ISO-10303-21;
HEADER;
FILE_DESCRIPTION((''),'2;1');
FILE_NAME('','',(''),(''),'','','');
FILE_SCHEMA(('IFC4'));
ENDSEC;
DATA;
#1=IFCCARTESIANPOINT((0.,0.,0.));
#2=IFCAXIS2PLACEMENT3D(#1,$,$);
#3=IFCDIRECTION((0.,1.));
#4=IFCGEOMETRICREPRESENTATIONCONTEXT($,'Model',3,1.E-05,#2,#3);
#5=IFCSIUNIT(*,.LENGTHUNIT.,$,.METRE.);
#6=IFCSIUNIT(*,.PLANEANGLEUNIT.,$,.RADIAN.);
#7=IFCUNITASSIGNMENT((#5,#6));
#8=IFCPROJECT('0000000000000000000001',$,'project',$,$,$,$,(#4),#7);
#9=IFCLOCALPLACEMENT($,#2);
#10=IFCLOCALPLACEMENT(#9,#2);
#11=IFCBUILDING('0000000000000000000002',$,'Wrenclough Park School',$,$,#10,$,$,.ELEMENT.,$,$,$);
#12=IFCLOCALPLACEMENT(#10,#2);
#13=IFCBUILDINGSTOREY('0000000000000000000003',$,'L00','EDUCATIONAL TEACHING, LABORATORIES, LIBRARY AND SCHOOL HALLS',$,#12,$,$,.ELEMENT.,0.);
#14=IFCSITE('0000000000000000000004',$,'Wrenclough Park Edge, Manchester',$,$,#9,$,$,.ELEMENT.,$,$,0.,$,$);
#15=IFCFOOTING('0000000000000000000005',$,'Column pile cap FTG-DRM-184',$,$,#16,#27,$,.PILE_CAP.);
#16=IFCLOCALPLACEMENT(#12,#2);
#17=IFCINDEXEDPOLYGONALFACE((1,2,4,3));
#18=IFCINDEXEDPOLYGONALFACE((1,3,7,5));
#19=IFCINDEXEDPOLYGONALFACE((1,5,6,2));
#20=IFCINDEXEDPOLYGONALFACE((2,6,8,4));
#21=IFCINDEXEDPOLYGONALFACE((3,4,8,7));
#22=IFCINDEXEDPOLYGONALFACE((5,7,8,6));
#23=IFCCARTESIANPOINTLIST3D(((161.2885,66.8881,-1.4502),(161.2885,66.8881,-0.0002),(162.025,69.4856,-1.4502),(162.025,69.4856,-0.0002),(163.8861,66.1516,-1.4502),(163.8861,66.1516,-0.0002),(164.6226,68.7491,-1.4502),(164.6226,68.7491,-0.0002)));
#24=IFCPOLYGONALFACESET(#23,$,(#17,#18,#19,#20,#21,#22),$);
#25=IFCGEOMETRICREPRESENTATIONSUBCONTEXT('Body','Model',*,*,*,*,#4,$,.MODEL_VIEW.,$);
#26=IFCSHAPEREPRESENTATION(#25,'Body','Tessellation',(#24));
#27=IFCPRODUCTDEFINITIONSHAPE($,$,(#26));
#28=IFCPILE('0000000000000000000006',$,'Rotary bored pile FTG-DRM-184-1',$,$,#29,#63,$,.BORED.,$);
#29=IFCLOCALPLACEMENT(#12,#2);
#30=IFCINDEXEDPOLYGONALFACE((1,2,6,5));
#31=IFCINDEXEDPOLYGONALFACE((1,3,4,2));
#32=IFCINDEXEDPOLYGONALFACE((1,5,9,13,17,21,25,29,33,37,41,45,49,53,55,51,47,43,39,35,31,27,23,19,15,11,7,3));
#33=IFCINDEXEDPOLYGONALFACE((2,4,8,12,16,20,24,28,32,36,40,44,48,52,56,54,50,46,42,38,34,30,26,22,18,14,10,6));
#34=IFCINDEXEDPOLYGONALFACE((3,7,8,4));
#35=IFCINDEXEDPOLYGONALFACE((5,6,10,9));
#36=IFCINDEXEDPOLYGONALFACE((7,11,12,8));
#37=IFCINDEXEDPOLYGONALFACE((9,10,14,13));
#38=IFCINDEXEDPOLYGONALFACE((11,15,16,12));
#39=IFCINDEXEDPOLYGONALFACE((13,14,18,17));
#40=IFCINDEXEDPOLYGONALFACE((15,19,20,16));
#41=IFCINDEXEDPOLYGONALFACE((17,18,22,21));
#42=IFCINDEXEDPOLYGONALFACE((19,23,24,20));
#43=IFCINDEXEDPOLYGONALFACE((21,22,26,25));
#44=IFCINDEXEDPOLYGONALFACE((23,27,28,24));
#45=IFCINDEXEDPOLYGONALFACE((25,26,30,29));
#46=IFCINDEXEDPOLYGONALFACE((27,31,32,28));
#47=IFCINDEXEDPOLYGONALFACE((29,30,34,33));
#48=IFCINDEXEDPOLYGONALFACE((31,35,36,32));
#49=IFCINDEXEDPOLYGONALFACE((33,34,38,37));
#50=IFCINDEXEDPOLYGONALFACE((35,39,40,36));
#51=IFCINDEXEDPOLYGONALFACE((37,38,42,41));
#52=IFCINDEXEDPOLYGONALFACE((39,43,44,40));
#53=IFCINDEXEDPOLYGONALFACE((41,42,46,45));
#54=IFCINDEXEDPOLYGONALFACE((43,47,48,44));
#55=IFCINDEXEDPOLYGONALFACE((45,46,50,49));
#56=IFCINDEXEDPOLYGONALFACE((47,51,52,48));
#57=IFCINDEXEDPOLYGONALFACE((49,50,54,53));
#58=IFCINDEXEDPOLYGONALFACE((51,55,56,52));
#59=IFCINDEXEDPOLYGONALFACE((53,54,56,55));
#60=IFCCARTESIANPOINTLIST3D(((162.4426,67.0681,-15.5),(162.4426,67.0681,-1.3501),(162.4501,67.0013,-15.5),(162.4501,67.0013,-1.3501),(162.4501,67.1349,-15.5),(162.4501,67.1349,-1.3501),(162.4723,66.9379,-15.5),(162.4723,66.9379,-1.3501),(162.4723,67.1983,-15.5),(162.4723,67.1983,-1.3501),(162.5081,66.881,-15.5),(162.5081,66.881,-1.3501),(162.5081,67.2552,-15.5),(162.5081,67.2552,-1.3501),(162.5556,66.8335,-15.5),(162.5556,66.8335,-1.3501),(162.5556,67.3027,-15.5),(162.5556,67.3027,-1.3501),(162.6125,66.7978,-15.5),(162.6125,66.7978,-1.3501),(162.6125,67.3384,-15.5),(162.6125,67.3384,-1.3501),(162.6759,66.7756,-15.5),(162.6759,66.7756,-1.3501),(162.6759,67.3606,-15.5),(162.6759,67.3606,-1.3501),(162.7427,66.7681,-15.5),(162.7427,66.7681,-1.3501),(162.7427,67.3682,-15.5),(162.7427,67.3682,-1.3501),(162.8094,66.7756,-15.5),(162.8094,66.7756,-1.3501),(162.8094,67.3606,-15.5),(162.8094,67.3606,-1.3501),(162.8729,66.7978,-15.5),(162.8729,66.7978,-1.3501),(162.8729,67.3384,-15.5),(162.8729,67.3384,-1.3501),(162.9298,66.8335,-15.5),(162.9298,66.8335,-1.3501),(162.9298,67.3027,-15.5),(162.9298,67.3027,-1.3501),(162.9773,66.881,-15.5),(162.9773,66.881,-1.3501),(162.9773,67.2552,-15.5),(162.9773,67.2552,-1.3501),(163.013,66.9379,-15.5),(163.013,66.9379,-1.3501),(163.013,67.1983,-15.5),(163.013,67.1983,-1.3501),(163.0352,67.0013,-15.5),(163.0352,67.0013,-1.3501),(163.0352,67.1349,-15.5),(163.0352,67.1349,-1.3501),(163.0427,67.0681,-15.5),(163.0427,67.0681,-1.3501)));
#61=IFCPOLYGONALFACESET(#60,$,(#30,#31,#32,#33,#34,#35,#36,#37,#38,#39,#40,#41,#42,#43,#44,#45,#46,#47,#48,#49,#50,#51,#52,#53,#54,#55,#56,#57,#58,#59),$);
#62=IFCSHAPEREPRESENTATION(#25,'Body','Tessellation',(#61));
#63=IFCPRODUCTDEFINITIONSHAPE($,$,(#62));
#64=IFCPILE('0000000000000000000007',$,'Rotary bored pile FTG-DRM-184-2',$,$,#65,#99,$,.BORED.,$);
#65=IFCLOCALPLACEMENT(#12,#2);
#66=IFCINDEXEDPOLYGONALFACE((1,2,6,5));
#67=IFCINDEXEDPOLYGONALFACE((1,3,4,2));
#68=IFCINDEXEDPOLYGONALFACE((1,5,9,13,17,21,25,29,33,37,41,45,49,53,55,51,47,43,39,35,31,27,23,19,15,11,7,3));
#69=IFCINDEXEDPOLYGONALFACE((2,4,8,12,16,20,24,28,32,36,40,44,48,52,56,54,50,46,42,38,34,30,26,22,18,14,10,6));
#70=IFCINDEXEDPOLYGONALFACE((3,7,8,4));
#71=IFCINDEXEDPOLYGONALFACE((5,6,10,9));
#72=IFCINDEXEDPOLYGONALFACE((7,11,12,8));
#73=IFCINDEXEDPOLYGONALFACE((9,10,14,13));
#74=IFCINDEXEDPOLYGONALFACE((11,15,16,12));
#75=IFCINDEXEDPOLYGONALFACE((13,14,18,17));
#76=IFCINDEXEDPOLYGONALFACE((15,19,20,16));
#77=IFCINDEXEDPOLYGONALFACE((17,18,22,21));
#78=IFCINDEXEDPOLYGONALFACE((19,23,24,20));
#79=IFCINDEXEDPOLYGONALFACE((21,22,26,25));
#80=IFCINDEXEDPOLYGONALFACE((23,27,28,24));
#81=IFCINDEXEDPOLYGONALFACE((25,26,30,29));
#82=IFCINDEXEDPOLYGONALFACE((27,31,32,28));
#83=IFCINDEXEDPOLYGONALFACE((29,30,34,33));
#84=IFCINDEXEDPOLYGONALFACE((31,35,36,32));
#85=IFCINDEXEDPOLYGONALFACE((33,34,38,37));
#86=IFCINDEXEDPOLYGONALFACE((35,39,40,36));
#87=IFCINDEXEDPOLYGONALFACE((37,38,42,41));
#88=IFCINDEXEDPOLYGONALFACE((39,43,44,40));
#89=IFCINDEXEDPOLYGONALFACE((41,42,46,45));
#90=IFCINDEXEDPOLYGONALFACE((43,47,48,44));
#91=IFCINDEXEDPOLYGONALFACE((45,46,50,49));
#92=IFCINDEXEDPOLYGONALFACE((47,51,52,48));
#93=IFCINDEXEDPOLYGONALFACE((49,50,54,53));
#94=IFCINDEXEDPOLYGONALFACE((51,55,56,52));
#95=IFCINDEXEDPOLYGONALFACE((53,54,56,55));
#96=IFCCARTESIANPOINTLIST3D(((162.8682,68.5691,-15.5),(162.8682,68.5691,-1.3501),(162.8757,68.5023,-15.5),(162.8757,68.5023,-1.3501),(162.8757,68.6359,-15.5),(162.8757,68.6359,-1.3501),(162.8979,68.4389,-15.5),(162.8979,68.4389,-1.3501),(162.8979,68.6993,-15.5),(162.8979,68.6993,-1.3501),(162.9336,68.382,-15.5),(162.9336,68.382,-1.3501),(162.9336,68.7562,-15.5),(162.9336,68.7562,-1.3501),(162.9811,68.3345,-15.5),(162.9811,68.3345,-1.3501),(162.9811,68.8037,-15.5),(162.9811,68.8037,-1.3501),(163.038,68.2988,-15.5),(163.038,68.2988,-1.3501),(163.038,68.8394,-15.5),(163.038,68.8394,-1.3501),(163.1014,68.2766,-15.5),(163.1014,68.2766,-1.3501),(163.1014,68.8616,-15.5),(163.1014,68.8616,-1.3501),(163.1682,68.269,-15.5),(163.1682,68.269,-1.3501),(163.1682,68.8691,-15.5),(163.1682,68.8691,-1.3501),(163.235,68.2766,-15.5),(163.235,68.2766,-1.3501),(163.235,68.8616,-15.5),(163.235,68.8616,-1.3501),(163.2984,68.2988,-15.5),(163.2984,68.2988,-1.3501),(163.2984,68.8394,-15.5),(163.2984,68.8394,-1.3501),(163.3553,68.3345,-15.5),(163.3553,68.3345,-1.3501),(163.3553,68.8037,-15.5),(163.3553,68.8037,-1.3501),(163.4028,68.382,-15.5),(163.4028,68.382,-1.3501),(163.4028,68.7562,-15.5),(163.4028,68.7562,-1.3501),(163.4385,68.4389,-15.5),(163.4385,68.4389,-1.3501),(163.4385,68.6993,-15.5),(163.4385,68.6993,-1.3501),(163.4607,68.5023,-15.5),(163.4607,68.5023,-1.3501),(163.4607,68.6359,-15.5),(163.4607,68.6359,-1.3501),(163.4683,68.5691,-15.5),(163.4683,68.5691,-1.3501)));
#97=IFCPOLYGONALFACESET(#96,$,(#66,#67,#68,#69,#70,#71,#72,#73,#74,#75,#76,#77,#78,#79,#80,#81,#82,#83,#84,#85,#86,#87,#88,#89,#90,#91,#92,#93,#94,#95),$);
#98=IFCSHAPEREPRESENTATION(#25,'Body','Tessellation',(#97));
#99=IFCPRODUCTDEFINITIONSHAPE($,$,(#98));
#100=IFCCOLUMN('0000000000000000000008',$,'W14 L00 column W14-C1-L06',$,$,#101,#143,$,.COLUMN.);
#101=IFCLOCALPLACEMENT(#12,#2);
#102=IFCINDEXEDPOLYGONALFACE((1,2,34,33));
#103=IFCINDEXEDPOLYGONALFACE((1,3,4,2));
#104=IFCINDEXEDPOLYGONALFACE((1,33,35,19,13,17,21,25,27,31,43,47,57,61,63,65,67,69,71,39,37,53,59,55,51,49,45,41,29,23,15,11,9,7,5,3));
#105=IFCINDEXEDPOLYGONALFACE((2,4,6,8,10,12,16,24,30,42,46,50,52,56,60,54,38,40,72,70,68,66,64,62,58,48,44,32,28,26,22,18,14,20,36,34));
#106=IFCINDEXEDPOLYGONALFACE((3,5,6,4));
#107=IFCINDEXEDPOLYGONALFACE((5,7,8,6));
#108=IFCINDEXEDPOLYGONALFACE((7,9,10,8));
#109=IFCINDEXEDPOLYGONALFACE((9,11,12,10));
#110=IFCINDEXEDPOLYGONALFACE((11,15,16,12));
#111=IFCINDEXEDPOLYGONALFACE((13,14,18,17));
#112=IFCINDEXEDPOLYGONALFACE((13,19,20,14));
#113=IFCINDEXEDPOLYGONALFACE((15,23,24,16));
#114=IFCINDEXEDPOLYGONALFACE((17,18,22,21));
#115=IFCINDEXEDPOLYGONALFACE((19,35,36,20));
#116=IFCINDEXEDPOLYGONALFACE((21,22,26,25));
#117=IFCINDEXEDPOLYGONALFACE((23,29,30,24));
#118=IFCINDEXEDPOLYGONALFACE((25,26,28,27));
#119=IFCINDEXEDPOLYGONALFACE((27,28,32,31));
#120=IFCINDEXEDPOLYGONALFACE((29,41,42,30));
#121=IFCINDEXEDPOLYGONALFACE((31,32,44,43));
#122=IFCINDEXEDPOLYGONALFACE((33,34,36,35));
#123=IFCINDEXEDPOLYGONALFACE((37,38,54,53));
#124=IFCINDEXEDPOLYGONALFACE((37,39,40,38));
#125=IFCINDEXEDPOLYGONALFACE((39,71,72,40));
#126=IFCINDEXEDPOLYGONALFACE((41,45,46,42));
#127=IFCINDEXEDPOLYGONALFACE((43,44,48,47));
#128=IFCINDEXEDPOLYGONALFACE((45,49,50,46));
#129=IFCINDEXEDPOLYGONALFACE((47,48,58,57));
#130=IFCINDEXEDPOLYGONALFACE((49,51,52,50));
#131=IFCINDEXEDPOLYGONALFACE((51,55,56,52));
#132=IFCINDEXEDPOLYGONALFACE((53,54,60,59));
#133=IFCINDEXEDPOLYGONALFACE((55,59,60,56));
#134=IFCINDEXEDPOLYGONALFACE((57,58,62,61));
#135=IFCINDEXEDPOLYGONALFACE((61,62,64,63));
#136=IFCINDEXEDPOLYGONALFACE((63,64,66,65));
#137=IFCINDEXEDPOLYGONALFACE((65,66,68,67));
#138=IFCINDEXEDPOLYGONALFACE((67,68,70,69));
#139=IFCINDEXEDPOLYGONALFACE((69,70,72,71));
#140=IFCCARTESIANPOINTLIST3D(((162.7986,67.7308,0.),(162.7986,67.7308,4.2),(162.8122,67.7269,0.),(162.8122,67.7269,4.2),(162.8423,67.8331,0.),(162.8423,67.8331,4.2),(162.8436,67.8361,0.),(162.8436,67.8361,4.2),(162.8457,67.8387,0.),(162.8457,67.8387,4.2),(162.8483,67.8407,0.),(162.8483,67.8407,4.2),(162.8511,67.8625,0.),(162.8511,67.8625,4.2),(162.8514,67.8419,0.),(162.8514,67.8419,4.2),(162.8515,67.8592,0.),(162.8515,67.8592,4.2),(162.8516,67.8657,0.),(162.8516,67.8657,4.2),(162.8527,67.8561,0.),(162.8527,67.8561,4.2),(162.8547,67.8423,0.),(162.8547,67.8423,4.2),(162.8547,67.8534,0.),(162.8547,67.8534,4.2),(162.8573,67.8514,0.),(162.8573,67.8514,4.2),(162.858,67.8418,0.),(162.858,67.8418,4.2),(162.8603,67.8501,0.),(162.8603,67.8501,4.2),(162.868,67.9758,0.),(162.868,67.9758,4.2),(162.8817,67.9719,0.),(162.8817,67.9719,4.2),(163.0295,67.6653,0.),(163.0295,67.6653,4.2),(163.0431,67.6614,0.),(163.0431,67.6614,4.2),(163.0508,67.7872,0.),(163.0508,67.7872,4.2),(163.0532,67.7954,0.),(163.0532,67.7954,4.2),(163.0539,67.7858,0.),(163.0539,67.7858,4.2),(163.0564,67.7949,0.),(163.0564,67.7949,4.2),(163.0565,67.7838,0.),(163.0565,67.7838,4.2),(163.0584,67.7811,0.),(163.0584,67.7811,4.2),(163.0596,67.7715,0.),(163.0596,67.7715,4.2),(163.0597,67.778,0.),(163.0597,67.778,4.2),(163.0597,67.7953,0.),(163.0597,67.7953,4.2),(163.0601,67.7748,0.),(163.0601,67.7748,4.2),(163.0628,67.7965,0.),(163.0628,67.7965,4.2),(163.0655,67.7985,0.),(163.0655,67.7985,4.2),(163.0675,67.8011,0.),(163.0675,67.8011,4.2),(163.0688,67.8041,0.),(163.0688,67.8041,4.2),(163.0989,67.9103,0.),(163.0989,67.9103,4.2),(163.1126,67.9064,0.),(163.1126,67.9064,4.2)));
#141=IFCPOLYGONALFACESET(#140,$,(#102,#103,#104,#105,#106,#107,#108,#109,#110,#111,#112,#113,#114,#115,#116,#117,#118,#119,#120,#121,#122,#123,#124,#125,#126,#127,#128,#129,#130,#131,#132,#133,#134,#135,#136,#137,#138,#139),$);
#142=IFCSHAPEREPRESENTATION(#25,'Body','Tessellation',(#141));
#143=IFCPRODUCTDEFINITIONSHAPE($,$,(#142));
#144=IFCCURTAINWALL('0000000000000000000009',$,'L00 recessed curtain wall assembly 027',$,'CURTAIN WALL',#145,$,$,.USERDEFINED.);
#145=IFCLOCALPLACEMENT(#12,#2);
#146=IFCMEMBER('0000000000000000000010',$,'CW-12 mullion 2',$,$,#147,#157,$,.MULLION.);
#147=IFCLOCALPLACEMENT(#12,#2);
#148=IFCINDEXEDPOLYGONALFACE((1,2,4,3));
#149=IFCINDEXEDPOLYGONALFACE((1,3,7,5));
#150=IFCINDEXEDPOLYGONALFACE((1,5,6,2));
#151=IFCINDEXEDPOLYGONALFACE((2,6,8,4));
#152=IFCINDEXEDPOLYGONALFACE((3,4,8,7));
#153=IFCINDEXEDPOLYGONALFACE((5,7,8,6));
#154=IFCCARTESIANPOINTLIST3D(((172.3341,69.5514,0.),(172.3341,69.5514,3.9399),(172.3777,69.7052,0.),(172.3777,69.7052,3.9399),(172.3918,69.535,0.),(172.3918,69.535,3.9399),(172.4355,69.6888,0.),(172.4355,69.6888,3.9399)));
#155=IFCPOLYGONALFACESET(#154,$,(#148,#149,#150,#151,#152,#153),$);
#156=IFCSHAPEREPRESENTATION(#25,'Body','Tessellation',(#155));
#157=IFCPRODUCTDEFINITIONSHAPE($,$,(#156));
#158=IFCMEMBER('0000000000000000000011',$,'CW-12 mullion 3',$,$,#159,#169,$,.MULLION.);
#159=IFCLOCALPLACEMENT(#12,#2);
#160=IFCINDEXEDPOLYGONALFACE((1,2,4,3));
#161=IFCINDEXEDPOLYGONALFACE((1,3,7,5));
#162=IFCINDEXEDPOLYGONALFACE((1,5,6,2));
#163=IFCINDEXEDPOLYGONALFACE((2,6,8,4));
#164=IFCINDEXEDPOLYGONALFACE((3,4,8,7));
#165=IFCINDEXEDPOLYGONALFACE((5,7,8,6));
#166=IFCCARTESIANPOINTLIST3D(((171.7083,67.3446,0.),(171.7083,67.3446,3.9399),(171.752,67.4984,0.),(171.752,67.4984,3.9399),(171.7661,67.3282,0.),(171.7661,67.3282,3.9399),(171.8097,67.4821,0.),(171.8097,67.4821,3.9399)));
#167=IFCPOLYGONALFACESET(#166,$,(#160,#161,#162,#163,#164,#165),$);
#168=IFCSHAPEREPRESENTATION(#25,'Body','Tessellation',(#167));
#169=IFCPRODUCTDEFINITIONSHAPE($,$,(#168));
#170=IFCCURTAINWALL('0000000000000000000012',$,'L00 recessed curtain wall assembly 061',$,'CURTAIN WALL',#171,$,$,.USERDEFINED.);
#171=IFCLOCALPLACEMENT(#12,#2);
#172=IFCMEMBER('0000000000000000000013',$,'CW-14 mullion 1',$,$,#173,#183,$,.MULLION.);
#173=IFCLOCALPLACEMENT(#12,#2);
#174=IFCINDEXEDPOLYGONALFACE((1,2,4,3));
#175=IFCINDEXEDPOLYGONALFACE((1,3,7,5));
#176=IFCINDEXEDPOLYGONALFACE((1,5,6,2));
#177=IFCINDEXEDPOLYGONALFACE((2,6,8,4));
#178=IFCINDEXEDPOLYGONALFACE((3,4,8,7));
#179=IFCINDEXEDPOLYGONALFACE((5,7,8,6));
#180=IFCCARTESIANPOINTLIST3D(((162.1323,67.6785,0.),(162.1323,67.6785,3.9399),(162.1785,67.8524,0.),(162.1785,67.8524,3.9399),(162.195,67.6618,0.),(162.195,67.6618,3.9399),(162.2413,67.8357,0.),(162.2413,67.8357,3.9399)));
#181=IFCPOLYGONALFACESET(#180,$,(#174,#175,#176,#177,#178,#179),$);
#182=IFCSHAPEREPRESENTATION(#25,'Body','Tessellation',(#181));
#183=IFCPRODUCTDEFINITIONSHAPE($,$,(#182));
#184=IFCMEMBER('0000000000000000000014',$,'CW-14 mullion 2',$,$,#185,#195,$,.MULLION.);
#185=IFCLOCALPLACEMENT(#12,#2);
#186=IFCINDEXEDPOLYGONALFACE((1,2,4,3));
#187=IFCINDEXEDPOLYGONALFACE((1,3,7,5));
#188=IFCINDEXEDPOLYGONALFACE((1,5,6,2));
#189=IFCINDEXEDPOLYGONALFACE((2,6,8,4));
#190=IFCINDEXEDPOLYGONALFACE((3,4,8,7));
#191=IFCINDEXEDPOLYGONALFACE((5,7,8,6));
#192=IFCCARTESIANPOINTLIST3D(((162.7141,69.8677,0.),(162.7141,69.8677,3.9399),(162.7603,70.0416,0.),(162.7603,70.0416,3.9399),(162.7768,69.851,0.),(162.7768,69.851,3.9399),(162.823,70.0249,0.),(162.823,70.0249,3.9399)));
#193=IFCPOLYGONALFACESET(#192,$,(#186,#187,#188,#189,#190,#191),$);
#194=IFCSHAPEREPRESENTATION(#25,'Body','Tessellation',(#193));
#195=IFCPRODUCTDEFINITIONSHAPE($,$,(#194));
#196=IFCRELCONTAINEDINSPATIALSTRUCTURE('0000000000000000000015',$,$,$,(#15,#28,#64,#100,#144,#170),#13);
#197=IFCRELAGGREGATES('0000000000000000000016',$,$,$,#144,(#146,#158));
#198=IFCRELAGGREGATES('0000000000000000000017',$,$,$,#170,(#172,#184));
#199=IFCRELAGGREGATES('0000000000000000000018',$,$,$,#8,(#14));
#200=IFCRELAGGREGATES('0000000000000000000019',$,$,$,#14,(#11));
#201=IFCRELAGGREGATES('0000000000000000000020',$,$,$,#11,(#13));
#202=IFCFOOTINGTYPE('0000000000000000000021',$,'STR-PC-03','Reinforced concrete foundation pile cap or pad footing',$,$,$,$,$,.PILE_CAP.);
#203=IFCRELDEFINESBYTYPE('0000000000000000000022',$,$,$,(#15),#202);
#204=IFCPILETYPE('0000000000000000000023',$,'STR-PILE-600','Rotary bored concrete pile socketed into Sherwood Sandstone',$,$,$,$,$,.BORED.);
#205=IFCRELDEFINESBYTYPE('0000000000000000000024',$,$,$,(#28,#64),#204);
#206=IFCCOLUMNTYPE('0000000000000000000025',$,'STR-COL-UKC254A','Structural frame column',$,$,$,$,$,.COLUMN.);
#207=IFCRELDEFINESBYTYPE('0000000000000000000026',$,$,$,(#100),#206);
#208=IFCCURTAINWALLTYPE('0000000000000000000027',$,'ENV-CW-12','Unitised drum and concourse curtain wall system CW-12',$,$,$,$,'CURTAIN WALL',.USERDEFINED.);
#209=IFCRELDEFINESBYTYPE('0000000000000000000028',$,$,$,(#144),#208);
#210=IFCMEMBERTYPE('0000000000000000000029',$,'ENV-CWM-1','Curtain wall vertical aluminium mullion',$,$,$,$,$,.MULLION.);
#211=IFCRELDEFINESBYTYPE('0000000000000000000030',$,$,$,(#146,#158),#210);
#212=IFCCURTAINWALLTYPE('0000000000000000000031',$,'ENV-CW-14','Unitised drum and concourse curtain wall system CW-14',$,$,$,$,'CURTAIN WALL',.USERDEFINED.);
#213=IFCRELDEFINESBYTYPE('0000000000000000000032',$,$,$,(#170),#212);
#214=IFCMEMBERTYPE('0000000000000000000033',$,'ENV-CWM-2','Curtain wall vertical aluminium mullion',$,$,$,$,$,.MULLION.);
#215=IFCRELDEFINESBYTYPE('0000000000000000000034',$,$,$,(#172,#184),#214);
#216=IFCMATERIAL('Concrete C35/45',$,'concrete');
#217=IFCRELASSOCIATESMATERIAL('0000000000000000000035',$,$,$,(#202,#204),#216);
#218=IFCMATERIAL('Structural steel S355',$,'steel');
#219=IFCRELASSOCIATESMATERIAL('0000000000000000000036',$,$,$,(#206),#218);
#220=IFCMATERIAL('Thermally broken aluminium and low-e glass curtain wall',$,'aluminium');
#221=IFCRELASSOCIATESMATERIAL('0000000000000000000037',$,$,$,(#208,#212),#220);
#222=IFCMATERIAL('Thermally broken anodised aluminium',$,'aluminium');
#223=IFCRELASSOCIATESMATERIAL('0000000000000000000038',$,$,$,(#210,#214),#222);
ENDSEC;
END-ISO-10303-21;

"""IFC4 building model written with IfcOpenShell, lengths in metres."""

from ifc_helpers import new_model, si_unit, direction, frame, origin, origin_2d, place, context, subcontext, project, spatial, rectangle, circle, i_section, extrude, material, material_profile, profile_set, type_object, element, aggregate, save


model = new_model("IFC4")

# Units and contexts
model_context = context("Model", 3, precision=1e-05, world=origin(), true_north=direction((0.0, 1.0)))
body_context = subcontext(model_context, "Body", "Model", "MODEL_VIEW")
ifc_project = project(units=[si_unit("LENGTHUNIT", "METRE"), si_unit("PLANEANGLEUNIT", "RADIAN")], contexts=[model_context])

# Site, building, storey
site_placement = place(None, origin())
site = spatial("IfcSite", under=ifc_project, at=site_placement, Name="Wrenclough Park Edge, Manchester", CompositionType="ELEMENT", RefElevation=0.0)
building_placement = place(site_placement, origin())
building = spatial("IfcBuilding", under=site, at=building_placement, Name="Wrenclough Park School", CompositionType="ELEMENT")
storey_placement = place(building_placement, origin())
storey = spatial("IfcBuildingStorey", under=building, at=storey_placement, Name="L00", Description="EDUCATIONAL TEACHING, LABORATORIES, LIBRARY AND SCHOOL HALLS", CompositionType="ELEMENT", Elevation=0.0)

# Footing
ifc_material_1 = material(Name="Concrete C35/45", Category="concrete")
footing_type = type_object("IfcFootingType", Name="STR-PC-03", Description="Reinforced concrete foundation pile cap or pad footing", PredefinedType="PILE_CAP", material=ifc_material_1)
footing_placement = place(storey_placement, frame((162.9556, 67.8186, -1.4502), z_axis=(0.0, 0.0, 1.0), x_axis=(0.272784, 0.962075, 0.0)))
element("IfcFooting", 1, at=footing_placement, inside=storey, type_object=footing_type, Name="Column pile cap FTG-DRM-184", PredefinedType="PILE_CAP", context=body_context, shape_type="SweptSolid", body=[
    extrude(rectangle(XDim=2.7, YDim=2.7, at=origin_2d()), origin(), (0.0, 0.0, 1.0), 1.45),
])

# Piles
ifc_material_profile_1 = material_profile(ifc_material_1, circle(Radius=0.3, at=origin_2d()), Name="BORED PILE D600")
ifc_profile_set_1 = profile_set([ifc_material_profile_1], Name="Concrete C35/45")
pile_type = type_object("IfcPileType", Name="STR-PILE-600", Description="Rotary bored concrete pile socketed into Sherwood Sandstone", PredefinedType="BORED", material=ifc_profile_set_1)
for number, where, z_axis, x_axis, name in (
    (2, (162.7427, 67.0681, -1.3501), (0.0, 0.0, -1.0), (1.0, 0.0, 0.0), "Rotary bored pile FTG-DRM-184-1"),
    (3, (163.1682, 68.5691, -1.3501), (0.0, 0.0, -1.0), (1.0, 0.0, 0.0), "Rotary bored pile FTG-DRM-184-2"),
):
    element("IfcPile", number, at=place(storey_placement, frame(where, z_axis=z_axis, x_axis=x_axis)), inside=storey, type_object=pile_type, Name=name, PredefinedType="BORED", context=body_context, shape_type="SweptSolid", body=[
        extrude(circle(Radius=0.3, at=origin_2d()), origin(), (0.0, 0.0, 1.0), 14.1499),
    ])

# Column
ifc_material_2 = material(Name="Structural steel S355", Category="steel")
ifc_material_profile_2 = material_profile(ifc_material_2, i_section(OverallWidth=0.2546, OverallDepth=0.2542, WebThickness=0.0085, FlangeThickness=0.0142, FilletRadius=0.0127, at=origin_2d()), Name="UKC 254x254x73")
ifc_profile_set_2 = profile_set([ifc_material_profile_2], Name="Structural steel S355")
column_type = type_object("IfcColumnType", Name="STR-COL-UKC254A", Description="Structural frame column", PredefinedType="COLUMN", material=ifc_profile_set_2)
column_placement = place(storey_placement, frame((162.9556, 67.8186, 0.0), z_axis=(0.0, 0.0, 1.0), x_axis=(0.272784, 0.962075, 0.0)))
element("IfcColumn", 4, at=column_placement, inside=storey, type_object=column_type, Name="W14 L00 column W14-C1-L06", PredefinedType="COLUMN", context=body_context, shape_type="SweptSolid", body=[
    extrude(i_section(OverallWidth=0.2546, OverallDepth=0.2542, WebThickness=0.0085, FlangeThickness=0.0142, FilletRadius=0.0127, at=origin_2d()), origin(), (0.0, 0.0, 1.0), 4.2),
])

# Curtain walls, members
ifc_material_3 = material(Name="Thermally broken aluminium and low-e glass curtain wall", Category="aluminium")
curtain_wall_type_1 = type_object("IfcCurtainWallType", Name="ENV-CW-12", Description="Unitised drum and concourse curtain wall system CW-12", ElementType="CURTAIN WALL", PredefinedType="USERDEFINED", material=ifc_material_3)
curtain_wall_1_placement = place(storey_placement, origin())
curtain_wall_1 = element("IfcCurtainWall", 5, at=curtain_wall_1_placement, inside=storey, type_object=curtain_wall_type_1, Name="L00 recessed curtain wall assembly 027", ObjectType="CURTAIN WALL", PredefinedType="USERDEFINED")
ifc_material_4 = material(Name="Thermally broken anodised aluminium", Category="aluminium")
ifc_material_profile_3 = material_profile(ifc_material_4, rectangle(XDim=0.0601, YDim=0.1599, at=origin_2d()), Name="AL MULLION 60x160")
ifc_profile_set_3 = profile_set([ifc_material_profile_3], Name="Thermally broken anodised aluminium")
member_type_1 = type_object("IfcMemberType", Name="ENV-CWM-1", Description="Curtain wall vertical aluminium mullion", PredefinedType="MULLION", material=ifc_profile_set_3)
member_1_placement = place(storey_placement, frame((172.3848, 69.6201, 0.0), z_axis=(0.0, 0.0, 1.0), x_axis=(0.962068, -0.272809, 0.0)))
member_1 = element("IfcMember", 6, at=member_1_placement, type_object=member_type_1, Name="CW-12 mullion 2", PredefinedType="MULLION", context=body_context, shape_type="SweptSolid", body=[
    extrude(rectangle(XDim=0.0601, YDim=0.1599, at=origin_2d()), origin(), (0.0, 0.0, 1.0), 3.9399),
])
member_2_placement = place(storey_placement, frame((171.759, 67.4133, 0.0), z_axis=(0.0, 0.0, 1.0), x_axis=(0.962068, -0.272809, 0.0)))
member_2 = element("IfcMember", 7, at=member_2_placement, type_object=member_type_1, Name="CW-12 mullion 3", PredefinedType="MULLION", context=body_context, shape_type="SweptSolid", body=[
    extrude(rectangle(XDim=0.0601, YDim=0.1599, at=origin_2d()), origin(), (0.0, 0.0, 1.0), 3.9399),
])
curtain_wall_type_2 = type_object("IfcCurtainWallType", Name="ENV-CW-14", Description="Unitised drum and concourse curtain wall system CW-14", ElementType="CURTAIN WALL", PredefinedType="USERDEFINED", material=ifc_material_3)
curtain_wall_2_placement = place(storey_placement, origin())
curtain_wall_2 = element("IfcCurtainWall", 8, at=curtain_wall_2_placement, inside=storey, type_object=curtain_wall_type_2, Name="L00 recessed curtain wall assembly 061", ObjectType="CURTAIN WALL", PredefinedType="USERDEFINED")
ifc_material_profile_4 = material_profile(ifc_material_4, rectangle(XDim=0.0649, YDim=0.1799, at=origin_2d()), Name="AL MULLION 65x180")
ifc_profile_set_4 = profile_set([ifc_material_profile_4], Name="Thermally broken anodised aluminium")
member_type_2 = type_object("IfcMemberType", Name="ENV-CWM-2", Description="Curtain wall vertical aluminium mullion", PredefinedType="MULLION", material=ifc_profile_set_4)
member_3_placement = place(storey_placement, frame((162.1868, 67.7571, 0.0), z_axis=(0.0, 0.0, 1.0), x_axis=(-0.966438, 0.2569, 0.0)))
member_3 = element("IfcMember", 9, at=member_3_placement, type_object=member_type_2, Name="CW-14 mullion 1", PredefinedType="MULLION", context=body_context, shape_type="SweptSolid", body=[
    extrude(rectangle(XDim=0.0649, YDim=0.1799, at=origin_2d()), origin(), (0.0, 0.0, 1.0), 3.9399),
])
member_4_placement = place(storey_placement, frame((162.7686, 69.9463, 0.0), z_axis=(0.0, 0.0, 1.0), x_axis=(-0.966438, 0.2569, 0.0)))
member_4 = element("IfcMember", 10, at=member_4_placement, type_object=member_type_2, Name="CW-14 mullion 2", PredefinedType="MULLION", context=body_context, shape_type="SweptSolid", body=[
    extrude(rectangle(XDim=0.0649, YDim=0.1799, at=origin_2d()), origin(), (0.0, 0.0, 1.0), 3.9399),
])

aggregate(curtain_wall_1, [member_1, member_2])
aggregate(curtain_wall_2, [member_3, member_4])

save(model, "model.ifc")
